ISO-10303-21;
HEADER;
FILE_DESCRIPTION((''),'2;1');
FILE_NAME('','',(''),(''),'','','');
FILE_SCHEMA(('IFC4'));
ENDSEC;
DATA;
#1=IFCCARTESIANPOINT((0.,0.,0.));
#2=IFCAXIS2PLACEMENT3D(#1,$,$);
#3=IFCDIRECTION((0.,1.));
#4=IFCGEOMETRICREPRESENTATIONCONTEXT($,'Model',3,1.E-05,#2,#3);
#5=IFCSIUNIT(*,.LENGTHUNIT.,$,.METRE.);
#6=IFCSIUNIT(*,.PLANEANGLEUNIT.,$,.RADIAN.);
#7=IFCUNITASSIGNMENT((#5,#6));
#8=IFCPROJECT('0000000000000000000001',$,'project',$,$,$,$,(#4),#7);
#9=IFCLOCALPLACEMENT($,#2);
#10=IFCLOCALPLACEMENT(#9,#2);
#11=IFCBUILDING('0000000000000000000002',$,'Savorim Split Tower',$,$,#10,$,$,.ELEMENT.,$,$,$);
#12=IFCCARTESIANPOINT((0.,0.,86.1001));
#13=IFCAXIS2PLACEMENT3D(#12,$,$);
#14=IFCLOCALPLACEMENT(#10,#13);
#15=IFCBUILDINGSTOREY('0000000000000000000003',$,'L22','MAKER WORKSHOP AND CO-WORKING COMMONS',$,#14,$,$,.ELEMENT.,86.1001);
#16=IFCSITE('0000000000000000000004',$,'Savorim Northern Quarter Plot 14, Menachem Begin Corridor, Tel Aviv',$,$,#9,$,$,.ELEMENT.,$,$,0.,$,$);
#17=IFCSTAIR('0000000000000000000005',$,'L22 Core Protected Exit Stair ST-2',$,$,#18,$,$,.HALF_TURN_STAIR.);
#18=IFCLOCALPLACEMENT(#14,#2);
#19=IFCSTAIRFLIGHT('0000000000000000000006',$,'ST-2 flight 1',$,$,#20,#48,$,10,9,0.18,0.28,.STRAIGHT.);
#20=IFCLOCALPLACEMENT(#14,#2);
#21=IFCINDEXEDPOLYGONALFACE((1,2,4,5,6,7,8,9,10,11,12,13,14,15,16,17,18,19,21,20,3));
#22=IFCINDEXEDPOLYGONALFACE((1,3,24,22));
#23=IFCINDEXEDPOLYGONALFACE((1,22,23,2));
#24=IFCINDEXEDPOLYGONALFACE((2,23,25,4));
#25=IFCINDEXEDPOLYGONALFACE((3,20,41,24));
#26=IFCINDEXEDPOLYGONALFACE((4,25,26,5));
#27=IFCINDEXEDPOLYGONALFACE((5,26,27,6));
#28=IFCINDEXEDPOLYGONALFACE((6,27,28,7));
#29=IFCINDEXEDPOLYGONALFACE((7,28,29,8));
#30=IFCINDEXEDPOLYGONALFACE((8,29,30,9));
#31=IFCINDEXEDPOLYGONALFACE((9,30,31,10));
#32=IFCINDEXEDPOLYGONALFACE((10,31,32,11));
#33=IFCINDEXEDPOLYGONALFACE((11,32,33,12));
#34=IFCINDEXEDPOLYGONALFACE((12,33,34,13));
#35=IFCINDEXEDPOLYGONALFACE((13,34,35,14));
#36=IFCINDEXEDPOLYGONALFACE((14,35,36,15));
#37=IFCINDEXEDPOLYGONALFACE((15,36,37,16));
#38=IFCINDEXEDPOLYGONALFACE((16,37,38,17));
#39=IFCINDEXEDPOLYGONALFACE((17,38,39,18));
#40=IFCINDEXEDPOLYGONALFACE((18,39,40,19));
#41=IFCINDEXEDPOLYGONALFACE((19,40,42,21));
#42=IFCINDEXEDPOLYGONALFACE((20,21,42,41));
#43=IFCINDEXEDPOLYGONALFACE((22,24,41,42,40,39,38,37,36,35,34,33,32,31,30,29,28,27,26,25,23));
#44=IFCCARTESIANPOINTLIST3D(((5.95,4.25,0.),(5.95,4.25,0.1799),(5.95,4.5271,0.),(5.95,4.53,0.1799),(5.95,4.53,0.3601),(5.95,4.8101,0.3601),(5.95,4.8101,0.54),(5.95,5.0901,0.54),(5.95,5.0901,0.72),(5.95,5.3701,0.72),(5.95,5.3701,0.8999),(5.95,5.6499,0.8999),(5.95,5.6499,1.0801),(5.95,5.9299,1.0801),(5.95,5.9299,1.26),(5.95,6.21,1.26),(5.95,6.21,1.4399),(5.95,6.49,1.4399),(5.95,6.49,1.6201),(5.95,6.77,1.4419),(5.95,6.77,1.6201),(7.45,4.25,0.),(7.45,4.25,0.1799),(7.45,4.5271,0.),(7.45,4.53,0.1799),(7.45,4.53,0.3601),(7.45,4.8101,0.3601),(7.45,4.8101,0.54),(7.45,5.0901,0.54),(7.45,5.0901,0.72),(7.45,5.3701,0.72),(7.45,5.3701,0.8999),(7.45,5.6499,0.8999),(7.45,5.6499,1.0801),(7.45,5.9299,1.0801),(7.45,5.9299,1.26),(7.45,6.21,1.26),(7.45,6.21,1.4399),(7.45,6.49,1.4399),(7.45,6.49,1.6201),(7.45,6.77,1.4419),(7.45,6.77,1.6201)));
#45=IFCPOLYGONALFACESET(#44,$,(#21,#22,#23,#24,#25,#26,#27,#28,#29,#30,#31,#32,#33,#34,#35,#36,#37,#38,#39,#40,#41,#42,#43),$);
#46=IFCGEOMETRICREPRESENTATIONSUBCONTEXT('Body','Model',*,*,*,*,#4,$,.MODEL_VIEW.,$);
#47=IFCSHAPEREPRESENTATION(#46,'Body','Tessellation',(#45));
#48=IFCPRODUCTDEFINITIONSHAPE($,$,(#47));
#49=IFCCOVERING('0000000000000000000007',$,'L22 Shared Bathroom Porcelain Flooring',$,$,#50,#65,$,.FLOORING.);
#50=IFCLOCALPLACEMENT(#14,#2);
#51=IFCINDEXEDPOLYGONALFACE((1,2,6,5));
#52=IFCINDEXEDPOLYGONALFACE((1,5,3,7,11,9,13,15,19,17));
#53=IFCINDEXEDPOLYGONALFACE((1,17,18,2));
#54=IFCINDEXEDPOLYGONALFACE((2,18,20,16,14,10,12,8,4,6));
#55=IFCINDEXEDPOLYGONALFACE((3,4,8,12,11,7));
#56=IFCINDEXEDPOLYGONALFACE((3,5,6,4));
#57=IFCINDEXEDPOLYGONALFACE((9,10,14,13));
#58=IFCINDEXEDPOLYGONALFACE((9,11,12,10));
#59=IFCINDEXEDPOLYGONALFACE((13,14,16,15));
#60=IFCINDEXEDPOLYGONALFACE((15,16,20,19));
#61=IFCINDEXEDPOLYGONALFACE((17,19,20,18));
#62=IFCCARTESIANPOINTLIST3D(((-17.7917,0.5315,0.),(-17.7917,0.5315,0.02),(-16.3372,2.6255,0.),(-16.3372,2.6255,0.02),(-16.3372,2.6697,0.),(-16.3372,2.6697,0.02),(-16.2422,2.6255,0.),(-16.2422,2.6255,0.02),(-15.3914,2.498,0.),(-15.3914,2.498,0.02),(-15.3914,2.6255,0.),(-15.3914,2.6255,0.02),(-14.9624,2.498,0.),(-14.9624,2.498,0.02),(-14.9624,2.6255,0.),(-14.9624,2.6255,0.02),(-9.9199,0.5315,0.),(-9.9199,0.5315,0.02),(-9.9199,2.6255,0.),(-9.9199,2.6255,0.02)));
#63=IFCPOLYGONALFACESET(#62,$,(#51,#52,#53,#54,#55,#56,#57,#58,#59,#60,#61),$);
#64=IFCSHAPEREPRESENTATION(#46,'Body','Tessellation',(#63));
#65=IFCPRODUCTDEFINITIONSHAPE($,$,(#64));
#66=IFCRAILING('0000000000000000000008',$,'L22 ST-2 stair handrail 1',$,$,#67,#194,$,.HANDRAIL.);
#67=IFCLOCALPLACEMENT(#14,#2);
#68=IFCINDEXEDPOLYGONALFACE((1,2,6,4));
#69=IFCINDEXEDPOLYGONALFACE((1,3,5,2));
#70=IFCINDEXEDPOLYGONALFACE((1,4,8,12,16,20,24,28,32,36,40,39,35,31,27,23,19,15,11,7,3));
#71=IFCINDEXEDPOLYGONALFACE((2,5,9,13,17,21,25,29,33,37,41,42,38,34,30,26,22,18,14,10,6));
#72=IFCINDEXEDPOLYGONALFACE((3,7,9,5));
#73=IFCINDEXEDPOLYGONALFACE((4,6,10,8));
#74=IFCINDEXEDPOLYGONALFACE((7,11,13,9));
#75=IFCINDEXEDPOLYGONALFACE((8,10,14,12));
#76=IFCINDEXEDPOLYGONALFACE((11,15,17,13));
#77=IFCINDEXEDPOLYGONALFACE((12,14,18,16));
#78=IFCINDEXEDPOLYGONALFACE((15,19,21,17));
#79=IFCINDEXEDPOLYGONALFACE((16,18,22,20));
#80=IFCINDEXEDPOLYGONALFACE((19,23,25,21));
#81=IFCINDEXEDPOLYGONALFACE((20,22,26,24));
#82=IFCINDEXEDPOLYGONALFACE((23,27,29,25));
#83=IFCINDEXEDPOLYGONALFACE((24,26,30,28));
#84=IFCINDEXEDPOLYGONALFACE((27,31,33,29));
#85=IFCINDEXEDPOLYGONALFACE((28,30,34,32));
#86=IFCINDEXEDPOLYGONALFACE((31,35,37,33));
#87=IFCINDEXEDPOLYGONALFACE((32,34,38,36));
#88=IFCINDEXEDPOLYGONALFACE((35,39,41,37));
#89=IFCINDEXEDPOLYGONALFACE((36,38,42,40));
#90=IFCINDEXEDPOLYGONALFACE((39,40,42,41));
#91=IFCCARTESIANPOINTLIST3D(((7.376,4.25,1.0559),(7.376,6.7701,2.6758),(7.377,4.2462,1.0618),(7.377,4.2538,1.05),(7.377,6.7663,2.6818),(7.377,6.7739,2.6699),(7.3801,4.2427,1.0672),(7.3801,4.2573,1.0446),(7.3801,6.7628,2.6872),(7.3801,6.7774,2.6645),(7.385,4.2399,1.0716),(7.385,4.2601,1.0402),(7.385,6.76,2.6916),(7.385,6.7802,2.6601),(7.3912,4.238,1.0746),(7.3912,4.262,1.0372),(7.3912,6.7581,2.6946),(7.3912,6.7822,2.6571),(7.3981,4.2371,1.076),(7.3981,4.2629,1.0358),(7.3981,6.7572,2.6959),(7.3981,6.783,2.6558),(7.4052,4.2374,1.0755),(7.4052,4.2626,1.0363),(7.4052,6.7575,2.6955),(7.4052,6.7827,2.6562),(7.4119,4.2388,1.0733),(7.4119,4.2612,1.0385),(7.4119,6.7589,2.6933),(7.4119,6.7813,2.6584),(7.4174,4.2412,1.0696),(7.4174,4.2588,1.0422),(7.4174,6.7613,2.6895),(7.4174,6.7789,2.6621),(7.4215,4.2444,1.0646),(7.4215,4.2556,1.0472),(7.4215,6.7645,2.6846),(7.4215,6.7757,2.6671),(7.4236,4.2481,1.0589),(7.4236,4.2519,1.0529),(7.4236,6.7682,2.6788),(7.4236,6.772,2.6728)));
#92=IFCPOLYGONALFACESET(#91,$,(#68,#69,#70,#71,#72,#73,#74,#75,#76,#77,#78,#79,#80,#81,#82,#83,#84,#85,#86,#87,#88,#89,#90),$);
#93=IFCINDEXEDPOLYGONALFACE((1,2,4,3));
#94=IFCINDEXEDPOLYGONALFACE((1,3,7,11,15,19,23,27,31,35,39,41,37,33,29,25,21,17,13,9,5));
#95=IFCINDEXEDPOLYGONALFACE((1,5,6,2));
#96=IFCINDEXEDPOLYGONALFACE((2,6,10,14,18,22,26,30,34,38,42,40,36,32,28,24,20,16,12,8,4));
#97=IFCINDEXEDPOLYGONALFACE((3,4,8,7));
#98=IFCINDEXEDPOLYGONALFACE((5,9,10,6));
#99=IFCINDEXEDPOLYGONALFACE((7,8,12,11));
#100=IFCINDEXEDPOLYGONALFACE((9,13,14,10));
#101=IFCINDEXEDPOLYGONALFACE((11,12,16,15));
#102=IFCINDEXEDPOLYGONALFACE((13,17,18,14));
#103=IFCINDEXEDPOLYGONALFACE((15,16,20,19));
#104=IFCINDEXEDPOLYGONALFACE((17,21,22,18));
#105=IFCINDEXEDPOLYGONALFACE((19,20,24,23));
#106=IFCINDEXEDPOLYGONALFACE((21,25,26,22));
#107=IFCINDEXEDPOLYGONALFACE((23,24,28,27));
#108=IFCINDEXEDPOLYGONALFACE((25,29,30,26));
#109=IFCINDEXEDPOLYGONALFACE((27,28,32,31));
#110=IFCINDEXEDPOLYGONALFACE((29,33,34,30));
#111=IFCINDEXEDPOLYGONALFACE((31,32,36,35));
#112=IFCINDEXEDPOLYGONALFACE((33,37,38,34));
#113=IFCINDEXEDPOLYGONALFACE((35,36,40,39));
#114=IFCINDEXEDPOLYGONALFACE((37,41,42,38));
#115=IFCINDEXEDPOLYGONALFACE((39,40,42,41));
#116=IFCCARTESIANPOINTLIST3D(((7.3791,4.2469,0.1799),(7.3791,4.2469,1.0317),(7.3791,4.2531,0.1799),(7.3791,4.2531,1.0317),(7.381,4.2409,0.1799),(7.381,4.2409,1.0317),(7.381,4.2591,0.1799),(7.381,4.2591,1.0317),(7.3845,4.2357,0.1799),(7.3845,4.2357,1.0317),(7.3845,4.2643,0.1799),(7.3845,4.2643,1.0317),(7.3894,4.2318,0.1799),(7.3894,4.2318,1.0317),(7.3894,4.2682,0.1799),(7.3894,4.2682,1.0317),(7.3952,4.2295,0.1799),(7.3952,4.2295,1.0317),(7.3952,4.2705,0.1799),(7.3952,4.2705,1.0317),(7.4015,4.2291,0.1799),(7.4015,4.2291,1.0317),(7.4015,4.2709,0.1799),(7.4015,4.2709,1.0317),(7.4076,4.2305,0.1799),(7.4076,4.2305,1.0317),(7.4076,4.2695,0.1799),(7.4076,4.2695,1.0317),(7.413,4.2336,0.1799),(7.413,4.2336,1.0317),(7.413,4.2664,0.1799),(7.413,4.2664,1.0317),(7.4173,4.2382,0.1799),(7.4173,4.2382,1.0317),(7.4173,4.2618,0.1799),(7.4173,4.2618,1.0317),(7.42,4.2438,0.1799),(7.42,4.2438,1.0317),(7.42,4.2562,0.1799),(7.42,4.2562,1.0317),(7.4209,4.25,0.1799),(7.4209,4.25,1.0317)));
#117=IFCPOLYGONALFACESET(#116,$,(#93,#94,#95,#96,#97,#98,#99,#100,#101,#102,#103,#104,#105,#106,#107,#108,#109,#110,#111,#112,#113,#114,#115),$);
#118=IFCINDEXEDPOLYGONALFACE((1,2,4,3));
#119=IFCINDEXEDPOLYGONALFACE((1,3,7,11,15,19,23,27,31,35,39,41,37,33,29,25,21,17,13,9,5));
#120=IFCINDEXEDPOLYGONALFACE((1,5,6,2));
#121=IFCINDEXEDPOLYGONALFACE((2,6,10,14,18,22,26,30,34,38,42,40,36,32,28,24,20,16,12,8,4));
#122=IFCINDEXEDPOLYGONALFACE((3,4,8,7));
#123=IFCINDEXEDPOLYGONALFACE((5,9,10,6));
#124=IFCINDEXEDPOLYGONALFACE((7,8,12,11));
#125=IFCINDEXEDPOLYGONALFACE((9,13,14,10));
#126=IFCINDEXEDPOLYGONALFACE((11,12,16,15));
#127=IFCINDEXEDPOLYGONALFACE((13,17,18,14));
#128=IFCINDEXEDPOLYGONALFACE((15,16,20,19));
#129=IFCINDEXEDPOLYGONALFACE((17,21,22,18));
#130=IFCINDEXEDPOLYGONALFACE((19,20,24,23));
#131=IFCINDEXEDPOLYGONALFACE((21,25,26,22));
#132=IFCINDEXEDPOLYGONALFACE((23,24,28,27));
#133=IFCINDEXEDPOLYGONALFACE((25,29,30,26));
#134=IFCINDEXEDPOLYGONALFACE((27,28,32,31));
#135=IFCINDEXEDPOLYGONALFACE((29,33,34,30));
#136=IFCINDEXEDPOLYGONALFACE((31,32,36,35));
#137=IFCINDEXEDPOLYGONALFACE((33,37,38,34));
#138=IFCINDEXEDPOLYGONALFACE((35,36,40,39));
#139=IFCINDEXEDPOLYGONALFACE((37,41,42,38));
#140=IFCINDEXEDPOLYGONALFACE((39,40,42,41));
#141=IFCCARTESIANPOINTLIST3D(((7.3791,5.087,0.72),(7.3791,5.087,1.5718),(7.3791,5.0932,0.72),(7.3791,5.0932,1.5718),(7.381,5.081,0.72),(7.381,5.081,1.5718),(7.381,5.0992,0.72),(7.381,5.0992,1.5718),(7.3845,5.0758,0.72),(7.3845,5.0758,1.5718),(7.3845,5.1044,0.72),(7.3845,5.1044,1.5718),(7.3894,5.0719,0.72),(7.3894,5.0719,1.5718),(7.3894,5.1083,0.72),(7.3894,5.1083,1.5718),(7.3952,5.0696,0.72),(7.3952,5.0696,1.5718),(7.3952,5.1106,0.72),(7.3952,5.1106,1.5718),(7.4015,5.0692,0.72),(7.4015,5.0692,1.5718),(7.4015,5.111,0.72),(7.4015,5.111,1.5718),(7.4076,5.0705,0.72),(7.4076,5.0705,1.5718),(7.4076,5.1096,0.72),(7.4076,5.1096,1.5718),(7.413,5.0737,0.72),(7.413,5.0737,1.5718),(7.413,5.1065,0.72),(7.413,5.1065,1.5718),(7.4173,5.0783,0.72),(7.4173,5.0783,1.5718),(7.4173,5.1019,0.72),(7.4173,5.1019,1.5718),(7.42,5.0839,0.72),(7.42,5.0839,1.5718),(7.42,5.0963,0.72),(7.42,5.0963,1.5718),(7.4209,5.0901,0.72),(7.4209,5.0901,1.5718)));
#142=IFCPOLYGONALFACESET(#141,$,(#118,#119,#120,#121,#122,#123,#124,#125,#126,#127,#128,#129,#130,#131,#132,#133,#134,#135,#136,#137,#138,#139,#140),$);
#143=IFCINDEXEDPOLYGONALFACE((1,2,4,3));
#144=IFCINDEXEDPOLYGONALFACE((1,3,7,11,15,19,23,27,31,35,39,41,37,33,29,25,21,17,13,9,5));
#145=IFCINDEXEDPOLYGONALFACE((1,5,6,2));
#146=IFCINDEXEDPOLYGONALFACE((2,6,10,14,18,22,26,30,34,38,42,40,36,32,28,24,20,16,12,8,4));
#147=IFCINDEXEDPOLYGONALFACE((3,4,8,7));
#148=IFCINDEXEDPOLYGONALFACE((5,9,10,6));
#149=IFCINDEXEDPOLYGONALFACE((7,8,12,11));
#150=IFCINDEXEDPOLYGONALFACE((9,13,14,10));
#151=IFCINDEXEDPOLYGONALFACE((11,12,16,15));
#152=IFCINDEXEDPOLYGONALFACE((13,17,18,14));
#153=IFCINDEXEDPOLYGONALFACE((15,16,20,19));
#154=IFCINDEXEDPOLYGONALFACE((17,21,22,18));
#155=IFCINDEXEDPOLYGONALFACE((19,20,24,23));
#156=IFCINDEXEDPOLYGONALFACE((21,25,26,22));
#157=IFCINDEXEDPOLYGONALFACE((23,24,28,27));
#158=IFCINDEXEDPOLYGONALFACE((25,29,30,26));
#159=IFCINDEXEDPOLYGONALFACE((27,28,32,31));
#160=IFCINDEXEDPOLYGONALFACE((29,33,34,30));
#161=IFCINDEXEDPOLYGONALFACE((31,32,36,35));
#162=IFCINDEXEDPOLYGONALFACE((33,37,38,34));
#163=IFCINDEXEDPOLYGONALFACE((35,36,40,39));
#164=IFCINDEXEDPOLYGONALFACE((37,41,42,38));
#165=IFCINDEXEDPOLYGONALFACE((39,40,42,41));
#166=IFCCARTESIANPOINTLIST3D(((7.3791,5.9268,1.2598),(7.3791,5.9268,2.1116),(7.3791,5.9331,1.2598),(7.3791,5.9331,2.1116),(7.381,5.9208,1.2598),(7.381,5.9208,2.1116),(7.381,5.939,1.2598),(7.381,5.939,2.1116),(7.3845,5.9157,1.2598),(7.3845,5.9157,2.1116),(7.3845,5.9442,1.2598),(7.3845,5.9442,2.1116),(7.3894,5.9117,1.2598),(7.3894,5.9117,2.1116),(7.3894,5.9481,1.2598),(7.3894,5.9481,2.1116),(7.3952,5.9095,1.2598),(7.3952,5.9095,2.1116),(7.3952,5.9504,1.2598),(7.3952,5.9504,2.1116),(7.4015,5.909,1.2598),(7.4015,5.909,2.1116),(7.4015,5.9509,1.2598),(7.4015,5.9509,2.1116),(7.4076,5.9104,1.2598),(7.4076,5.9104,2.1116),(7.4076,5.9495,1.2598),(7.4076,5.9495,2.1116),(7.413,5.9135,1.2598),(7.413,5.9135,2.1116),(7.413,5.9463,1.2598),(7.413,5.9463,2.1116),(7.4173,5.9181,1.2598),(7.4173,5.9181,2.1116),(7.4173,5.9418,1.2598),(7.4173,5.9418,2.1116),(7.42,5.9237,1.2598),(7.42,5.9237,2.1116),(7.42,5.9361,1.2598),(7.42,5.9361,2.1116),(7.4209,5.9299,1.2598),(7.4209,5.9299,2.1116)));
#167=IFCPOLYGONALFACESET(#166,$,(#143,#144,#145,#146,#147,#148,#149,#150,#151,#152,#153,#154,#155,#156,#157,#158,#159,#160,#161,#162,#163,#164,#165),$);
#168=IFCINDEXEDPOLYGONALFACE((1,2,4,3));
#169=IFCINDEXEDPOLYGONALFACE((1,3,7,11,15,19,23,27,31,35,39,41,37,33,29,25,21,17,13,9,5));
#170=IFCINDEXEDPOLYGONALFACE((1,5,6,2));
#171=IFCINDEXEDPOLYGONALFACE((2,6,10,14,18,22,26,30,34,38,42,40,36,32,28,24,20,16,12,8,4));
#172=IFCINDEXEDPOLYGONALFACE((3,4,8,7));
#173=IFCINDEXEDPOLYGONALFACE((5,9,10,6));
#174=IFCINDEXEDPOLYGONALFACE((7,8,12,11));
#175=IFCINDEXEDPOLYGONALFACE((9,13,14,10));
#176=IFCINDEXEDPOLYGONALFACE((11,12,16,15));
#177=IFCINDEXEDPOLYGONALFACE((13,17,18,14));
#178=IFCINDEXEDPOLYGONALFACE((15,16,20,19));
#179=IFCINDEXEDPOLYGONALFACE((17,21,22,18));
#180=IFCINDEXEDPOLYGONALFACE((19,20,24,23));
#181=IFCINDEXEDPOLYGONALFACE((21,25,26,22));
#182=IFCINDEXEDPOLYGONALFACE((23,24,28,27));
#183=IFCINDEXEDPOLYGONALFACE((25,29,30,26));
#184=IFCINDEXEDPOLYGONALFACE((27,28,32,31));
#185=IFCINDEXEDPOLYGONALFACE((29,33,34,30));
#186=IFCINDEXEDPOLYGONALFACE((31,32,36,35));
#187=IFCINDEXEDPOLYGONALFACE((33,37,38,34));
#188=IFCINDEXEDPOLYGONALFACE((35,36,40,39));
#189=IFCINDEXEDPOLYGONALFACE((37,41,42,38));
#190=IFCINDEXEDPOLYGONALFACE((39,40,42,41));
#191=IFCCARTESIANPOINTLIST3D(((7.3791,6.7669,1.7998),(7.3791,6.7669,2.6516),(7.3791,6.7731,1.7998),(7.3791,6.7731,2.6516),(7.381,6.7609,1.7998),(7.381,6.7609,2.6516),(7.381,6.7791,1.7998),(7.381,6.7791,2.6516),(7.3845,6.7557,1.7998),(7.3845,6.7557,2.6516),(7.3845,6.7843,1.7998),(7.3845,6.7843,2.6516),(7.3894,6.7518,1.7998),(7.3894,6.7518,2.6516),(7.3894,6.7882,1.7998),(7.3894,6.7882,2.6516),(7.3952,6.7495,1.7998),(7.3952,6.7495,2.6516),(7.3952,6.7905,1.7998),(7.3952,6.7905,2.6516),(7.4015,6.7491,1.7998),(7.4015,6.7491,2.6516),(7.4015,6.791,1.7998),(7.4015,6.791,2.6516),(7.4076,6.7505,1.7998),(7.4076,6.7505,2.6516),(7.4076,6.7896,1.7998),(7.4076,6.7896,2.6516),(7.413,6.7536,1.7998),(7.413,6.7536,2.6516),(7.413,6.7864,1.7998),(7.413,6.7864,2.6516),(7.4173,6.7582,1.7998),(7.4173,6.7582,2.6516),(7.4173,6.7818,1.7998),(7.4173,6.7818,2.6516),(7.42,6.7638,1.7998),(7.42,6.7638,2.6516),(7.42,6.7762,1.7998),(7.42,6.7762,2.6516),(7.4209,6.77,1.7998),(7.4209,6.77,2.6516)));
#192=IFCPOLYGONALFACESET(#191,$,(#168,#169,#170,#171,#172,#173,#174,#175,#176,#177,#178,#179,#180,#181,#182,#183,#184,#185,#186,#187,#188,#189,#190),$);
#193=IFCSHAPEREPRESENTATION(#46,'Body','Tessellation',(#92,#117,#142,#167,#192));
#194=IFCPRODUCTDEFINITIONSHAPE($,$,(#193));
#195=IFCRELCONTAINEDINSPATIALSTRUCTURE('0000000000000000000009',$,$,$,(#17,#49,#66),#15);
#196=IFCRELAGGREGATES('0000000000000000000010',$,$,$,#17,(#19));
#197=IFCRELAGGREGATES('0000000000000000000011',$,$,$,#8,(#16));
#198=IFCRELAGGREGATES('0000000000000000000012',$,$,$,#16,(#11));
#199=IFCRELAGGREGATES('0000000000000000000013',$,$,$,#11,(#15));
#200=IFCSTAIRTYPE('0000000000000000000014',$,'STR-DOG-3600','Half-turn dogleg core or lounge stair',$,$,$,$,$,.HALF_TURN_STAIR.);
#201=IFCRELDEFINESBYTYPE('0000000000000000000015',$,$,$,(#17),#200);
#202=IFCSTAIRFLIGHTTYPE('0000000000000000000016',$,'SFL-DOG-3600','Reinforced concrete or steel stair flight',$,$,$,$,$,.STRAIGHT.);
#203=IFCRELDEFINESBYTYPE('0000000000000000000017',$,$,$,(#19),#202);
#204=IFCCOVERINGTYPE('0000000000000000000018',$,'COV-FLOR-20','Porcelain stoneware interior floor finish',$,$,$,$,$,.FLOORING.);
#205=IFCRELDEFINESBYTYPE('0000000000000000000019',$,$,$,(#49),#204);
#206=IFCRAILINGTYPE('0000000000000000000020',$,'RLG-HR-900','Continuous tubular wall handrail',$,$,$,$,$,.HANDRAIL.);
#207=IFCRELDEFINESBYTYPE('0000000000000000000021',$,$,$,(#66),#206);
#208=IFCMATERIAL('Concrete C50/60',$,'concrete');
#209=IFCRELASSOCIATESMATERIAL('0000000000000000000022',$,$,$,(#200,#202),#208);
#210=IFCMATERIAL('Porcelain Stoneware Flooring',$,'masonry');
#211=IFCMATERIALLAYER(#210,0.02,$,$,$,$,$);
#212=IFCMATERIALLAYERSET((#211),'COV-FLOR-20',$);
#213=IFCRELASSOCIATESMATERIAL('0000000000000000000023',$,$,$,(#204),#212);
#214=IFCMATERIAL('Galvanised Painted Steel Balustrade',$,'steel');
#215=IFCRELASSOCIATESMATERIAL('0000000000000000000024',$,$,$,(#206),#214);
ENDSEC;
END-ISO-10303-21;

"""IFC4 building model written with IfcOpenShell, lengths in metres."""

from ifc_helpers import new_model, si_unit, direction, frame, origin, origin_2d, place, context, subcontext, project, spatial, polyline, circle, outline, extrude, material, layer, layer_set, type_object, element, aggregate, save


model = new_model("IFC4")

# Units and contexts
model_context = context("Model", 3, precision=1e-05, world=origin(), true_north=direction((0.0, 1.0)))
body_context = subcontext(model_context, "Body", "Model", "MODEL_VIEW")
ifc_project = project(units=[si_unit("LENGTHUNIT", "METRE"), si_unit("PLANEANGLEUNIT", "RADIAN")], contexts=[model_context])

# Site, building, storey
site_placement = place(None, origin())
site = spatial("IfcSite", under=ifc_project, at=site_placement, Name="Savorim Northern Quarter Plot 14, Menachem Begin Corridor, Tel Aviv", CompositionType="ELEMENT", RefElevation=0.0)
building_placement = place(site_placement, origin())
building = spatial("IfcBuilding", under=site, at=building_placement, Name="Savorim Split Tower", CompositionType="ELEMENT")
storey_placement = place(building_placement, frame((0.0, 0.0, 86.1001)))
storey = spatial("IfcBuildingStorey", under=building, at=storey_placement, Name="L22", Description="MAKER WORKSHOP AND CO-WORKING COMMONS", CompositionType="ELEMENT", Elevation=86.1001)

# Shared definitions
ifc_material_1 = material(Name="Concrete C50/60", Category="concrete")

# Stair, stair flight
stair_type = type_object("IfcStairType", Name="STR-DOG-3600", Description="Half-turn dogleg core or lounge stair", PredefinedType="HALF_TURN_STAIR", material=ifc_material_1)
stair_placement = place(storey_placement, origin())
stair = element("IfcStair", 1, at=stair_placement, inside=storey, type_object=stair_type, Name="L22 Core Protected Exit Stair ST-2", PredefinedType="HALF_TURN_STAIR")
stair_flight_type = type_object("IfcStairFlightType", Name="SFL-DOG-3600", Description="Reinforced concrete or steel stair flight", PredefinedType="STRAIGHT", material=ifc_material_1)
stair_flight_placement = place(storey_placement, frame((6.7, 4.25, 0.0), z_axis=(0.0, 0.0, 1.0), x_axis=(0.0, 1.0, 0.0)))
stair_flight = element("IfcStairFlight", 2, at=stair_flight_placement, type_object=stair_flight_type, Name="ST-2 flight 1", NumberOfRisers=10, NumberOfTreads=9, PredefinedType="STRAIGHT", RiserHeight=0.18, TreadLength=0.28, context=body_context, shape_type="SweptSolid", body=[
    extrude(outline(polyline([(0.0, 0.0), (0.0, 0.1799), (0.28, 0.1799), (0.28, 0.3601), (0.5601, 0.3601), (0.5601, 0.54), (0.8401, 0.54), (0.8401, 0.72), (1.1201, 0.72), (1.1201, 0.8999), (1.3999, 0.8999), (1.3999, 1.0801), (1.6799, 1.0801), (1.6799, 1.26), (1.96, 1.26), (1.96, 1.4399), (2.24, 1.4399), (2.24, 1.6201), (2.52, 1.6201), (2.52, 1.8), (2.52, 1.4419), (0.2771, 0.0), (0.0, 0.0)])), frame((0.0, 0.75, 0.0), z_axis=(0.0, -1.0, 0.0), x_axis=(1.0, 0.0, 0.0)), (0.0, 0.0, 1.0), 1.5),
])
aggregate(stair, [stair_flight])

# Covering
ifc_material_2 = material(Name="Porcelain Stoneware Flooring", Category="masonry")
ifc_layer_1 = layer(ifc_material_2, 0.02)
ifc_layer_set_1 = layer_set([ifc_layer_1], Name="COV-FLOR-20")
covering_type = type_object("IfcCoveringType", Name="COV-FLOR-20", Description="Porcelain stoneware interior floor finish", PredefinedType="FLOORING", material=ifc_layer_set_1)
covering_placement = place(storey_placement, origin())
element("IfcCovering", 3, at=covering_placement, inside=storey, type_object=covering_type, Name="L22 Shared Bathroom Porcelain Flooring", PredefinedType="FLOORING", context=body_context, shape_type="SweptSolid", body=[
    extrude(outline(polyline([(-15.3914, 2.6255), (-16.2422, 2.6255), (-16.3372, 2.6255), (-16.3372, 2.6697), (-17.7917, 0.5315), (-9.9199, 0.5315), (-9.9199, 2.6255), (-14.9624, 2.6255), (-14.9624, 2.498), (-15.3914, 2.498), (-15.3914, 2.6255)])), origin(), (0.0, 0.0, 1.0), 0.02),
])

# Railing
ifc_material_3 = material(Name="Galvanised Painted Steel Balustrade", Category="steel")
railing_type_1 = type_object("IfcRailingType", Name="RLG-HR-900", Description="Continuous tubular wall handrail", PredefinedType="HANDRAIL", material=ifc_material_3)
railing_1_placement = place(storey_placement, frame((7.3999, 4.25, 0.1799)))
element("IfcRailing", 4, at=railing_1_placement, inside=storey, type_object=railing_type_1, Name="L22 ST-2 stair handrail 1", PredefinedType="HANDRAIL", context=body_context, shape_type="SweptSolid", body=[
    extrude(circle(Radius=0.0239, at=origin_2d()), frame((0.0, 0.0, 0.876), z_axis=(0.0, 0.8412, 0.540725), x_axis=(-1.0, 0.0, 0.0)), (0.0, 0.0, 1.0), 2.9958),
    extrude(circle(Radius=0.021, at=origin_2d()), origin(), (0.0, 0.0, 1.0), 0.8518),
    extrude(circle(Radius=0.021, at=origin_2d()), frame((0.0, 0.8401, 0.54)), (0.0, 0.0, 1.0), 0.8518),
    extrude(circle(Radius=0.021, at=origin_2d()), frame((0.0, 1.6799, 1.0798)), (0.0, 0.0, 1.0), 0.8518),
    extrude(circle(Radius=0.021, at=origin_2d()), frame((0.0, 2.52, 1.6199)), (0.0, 0.0, 1.0), 0.8518),
])

save(model, "model.ifc")
